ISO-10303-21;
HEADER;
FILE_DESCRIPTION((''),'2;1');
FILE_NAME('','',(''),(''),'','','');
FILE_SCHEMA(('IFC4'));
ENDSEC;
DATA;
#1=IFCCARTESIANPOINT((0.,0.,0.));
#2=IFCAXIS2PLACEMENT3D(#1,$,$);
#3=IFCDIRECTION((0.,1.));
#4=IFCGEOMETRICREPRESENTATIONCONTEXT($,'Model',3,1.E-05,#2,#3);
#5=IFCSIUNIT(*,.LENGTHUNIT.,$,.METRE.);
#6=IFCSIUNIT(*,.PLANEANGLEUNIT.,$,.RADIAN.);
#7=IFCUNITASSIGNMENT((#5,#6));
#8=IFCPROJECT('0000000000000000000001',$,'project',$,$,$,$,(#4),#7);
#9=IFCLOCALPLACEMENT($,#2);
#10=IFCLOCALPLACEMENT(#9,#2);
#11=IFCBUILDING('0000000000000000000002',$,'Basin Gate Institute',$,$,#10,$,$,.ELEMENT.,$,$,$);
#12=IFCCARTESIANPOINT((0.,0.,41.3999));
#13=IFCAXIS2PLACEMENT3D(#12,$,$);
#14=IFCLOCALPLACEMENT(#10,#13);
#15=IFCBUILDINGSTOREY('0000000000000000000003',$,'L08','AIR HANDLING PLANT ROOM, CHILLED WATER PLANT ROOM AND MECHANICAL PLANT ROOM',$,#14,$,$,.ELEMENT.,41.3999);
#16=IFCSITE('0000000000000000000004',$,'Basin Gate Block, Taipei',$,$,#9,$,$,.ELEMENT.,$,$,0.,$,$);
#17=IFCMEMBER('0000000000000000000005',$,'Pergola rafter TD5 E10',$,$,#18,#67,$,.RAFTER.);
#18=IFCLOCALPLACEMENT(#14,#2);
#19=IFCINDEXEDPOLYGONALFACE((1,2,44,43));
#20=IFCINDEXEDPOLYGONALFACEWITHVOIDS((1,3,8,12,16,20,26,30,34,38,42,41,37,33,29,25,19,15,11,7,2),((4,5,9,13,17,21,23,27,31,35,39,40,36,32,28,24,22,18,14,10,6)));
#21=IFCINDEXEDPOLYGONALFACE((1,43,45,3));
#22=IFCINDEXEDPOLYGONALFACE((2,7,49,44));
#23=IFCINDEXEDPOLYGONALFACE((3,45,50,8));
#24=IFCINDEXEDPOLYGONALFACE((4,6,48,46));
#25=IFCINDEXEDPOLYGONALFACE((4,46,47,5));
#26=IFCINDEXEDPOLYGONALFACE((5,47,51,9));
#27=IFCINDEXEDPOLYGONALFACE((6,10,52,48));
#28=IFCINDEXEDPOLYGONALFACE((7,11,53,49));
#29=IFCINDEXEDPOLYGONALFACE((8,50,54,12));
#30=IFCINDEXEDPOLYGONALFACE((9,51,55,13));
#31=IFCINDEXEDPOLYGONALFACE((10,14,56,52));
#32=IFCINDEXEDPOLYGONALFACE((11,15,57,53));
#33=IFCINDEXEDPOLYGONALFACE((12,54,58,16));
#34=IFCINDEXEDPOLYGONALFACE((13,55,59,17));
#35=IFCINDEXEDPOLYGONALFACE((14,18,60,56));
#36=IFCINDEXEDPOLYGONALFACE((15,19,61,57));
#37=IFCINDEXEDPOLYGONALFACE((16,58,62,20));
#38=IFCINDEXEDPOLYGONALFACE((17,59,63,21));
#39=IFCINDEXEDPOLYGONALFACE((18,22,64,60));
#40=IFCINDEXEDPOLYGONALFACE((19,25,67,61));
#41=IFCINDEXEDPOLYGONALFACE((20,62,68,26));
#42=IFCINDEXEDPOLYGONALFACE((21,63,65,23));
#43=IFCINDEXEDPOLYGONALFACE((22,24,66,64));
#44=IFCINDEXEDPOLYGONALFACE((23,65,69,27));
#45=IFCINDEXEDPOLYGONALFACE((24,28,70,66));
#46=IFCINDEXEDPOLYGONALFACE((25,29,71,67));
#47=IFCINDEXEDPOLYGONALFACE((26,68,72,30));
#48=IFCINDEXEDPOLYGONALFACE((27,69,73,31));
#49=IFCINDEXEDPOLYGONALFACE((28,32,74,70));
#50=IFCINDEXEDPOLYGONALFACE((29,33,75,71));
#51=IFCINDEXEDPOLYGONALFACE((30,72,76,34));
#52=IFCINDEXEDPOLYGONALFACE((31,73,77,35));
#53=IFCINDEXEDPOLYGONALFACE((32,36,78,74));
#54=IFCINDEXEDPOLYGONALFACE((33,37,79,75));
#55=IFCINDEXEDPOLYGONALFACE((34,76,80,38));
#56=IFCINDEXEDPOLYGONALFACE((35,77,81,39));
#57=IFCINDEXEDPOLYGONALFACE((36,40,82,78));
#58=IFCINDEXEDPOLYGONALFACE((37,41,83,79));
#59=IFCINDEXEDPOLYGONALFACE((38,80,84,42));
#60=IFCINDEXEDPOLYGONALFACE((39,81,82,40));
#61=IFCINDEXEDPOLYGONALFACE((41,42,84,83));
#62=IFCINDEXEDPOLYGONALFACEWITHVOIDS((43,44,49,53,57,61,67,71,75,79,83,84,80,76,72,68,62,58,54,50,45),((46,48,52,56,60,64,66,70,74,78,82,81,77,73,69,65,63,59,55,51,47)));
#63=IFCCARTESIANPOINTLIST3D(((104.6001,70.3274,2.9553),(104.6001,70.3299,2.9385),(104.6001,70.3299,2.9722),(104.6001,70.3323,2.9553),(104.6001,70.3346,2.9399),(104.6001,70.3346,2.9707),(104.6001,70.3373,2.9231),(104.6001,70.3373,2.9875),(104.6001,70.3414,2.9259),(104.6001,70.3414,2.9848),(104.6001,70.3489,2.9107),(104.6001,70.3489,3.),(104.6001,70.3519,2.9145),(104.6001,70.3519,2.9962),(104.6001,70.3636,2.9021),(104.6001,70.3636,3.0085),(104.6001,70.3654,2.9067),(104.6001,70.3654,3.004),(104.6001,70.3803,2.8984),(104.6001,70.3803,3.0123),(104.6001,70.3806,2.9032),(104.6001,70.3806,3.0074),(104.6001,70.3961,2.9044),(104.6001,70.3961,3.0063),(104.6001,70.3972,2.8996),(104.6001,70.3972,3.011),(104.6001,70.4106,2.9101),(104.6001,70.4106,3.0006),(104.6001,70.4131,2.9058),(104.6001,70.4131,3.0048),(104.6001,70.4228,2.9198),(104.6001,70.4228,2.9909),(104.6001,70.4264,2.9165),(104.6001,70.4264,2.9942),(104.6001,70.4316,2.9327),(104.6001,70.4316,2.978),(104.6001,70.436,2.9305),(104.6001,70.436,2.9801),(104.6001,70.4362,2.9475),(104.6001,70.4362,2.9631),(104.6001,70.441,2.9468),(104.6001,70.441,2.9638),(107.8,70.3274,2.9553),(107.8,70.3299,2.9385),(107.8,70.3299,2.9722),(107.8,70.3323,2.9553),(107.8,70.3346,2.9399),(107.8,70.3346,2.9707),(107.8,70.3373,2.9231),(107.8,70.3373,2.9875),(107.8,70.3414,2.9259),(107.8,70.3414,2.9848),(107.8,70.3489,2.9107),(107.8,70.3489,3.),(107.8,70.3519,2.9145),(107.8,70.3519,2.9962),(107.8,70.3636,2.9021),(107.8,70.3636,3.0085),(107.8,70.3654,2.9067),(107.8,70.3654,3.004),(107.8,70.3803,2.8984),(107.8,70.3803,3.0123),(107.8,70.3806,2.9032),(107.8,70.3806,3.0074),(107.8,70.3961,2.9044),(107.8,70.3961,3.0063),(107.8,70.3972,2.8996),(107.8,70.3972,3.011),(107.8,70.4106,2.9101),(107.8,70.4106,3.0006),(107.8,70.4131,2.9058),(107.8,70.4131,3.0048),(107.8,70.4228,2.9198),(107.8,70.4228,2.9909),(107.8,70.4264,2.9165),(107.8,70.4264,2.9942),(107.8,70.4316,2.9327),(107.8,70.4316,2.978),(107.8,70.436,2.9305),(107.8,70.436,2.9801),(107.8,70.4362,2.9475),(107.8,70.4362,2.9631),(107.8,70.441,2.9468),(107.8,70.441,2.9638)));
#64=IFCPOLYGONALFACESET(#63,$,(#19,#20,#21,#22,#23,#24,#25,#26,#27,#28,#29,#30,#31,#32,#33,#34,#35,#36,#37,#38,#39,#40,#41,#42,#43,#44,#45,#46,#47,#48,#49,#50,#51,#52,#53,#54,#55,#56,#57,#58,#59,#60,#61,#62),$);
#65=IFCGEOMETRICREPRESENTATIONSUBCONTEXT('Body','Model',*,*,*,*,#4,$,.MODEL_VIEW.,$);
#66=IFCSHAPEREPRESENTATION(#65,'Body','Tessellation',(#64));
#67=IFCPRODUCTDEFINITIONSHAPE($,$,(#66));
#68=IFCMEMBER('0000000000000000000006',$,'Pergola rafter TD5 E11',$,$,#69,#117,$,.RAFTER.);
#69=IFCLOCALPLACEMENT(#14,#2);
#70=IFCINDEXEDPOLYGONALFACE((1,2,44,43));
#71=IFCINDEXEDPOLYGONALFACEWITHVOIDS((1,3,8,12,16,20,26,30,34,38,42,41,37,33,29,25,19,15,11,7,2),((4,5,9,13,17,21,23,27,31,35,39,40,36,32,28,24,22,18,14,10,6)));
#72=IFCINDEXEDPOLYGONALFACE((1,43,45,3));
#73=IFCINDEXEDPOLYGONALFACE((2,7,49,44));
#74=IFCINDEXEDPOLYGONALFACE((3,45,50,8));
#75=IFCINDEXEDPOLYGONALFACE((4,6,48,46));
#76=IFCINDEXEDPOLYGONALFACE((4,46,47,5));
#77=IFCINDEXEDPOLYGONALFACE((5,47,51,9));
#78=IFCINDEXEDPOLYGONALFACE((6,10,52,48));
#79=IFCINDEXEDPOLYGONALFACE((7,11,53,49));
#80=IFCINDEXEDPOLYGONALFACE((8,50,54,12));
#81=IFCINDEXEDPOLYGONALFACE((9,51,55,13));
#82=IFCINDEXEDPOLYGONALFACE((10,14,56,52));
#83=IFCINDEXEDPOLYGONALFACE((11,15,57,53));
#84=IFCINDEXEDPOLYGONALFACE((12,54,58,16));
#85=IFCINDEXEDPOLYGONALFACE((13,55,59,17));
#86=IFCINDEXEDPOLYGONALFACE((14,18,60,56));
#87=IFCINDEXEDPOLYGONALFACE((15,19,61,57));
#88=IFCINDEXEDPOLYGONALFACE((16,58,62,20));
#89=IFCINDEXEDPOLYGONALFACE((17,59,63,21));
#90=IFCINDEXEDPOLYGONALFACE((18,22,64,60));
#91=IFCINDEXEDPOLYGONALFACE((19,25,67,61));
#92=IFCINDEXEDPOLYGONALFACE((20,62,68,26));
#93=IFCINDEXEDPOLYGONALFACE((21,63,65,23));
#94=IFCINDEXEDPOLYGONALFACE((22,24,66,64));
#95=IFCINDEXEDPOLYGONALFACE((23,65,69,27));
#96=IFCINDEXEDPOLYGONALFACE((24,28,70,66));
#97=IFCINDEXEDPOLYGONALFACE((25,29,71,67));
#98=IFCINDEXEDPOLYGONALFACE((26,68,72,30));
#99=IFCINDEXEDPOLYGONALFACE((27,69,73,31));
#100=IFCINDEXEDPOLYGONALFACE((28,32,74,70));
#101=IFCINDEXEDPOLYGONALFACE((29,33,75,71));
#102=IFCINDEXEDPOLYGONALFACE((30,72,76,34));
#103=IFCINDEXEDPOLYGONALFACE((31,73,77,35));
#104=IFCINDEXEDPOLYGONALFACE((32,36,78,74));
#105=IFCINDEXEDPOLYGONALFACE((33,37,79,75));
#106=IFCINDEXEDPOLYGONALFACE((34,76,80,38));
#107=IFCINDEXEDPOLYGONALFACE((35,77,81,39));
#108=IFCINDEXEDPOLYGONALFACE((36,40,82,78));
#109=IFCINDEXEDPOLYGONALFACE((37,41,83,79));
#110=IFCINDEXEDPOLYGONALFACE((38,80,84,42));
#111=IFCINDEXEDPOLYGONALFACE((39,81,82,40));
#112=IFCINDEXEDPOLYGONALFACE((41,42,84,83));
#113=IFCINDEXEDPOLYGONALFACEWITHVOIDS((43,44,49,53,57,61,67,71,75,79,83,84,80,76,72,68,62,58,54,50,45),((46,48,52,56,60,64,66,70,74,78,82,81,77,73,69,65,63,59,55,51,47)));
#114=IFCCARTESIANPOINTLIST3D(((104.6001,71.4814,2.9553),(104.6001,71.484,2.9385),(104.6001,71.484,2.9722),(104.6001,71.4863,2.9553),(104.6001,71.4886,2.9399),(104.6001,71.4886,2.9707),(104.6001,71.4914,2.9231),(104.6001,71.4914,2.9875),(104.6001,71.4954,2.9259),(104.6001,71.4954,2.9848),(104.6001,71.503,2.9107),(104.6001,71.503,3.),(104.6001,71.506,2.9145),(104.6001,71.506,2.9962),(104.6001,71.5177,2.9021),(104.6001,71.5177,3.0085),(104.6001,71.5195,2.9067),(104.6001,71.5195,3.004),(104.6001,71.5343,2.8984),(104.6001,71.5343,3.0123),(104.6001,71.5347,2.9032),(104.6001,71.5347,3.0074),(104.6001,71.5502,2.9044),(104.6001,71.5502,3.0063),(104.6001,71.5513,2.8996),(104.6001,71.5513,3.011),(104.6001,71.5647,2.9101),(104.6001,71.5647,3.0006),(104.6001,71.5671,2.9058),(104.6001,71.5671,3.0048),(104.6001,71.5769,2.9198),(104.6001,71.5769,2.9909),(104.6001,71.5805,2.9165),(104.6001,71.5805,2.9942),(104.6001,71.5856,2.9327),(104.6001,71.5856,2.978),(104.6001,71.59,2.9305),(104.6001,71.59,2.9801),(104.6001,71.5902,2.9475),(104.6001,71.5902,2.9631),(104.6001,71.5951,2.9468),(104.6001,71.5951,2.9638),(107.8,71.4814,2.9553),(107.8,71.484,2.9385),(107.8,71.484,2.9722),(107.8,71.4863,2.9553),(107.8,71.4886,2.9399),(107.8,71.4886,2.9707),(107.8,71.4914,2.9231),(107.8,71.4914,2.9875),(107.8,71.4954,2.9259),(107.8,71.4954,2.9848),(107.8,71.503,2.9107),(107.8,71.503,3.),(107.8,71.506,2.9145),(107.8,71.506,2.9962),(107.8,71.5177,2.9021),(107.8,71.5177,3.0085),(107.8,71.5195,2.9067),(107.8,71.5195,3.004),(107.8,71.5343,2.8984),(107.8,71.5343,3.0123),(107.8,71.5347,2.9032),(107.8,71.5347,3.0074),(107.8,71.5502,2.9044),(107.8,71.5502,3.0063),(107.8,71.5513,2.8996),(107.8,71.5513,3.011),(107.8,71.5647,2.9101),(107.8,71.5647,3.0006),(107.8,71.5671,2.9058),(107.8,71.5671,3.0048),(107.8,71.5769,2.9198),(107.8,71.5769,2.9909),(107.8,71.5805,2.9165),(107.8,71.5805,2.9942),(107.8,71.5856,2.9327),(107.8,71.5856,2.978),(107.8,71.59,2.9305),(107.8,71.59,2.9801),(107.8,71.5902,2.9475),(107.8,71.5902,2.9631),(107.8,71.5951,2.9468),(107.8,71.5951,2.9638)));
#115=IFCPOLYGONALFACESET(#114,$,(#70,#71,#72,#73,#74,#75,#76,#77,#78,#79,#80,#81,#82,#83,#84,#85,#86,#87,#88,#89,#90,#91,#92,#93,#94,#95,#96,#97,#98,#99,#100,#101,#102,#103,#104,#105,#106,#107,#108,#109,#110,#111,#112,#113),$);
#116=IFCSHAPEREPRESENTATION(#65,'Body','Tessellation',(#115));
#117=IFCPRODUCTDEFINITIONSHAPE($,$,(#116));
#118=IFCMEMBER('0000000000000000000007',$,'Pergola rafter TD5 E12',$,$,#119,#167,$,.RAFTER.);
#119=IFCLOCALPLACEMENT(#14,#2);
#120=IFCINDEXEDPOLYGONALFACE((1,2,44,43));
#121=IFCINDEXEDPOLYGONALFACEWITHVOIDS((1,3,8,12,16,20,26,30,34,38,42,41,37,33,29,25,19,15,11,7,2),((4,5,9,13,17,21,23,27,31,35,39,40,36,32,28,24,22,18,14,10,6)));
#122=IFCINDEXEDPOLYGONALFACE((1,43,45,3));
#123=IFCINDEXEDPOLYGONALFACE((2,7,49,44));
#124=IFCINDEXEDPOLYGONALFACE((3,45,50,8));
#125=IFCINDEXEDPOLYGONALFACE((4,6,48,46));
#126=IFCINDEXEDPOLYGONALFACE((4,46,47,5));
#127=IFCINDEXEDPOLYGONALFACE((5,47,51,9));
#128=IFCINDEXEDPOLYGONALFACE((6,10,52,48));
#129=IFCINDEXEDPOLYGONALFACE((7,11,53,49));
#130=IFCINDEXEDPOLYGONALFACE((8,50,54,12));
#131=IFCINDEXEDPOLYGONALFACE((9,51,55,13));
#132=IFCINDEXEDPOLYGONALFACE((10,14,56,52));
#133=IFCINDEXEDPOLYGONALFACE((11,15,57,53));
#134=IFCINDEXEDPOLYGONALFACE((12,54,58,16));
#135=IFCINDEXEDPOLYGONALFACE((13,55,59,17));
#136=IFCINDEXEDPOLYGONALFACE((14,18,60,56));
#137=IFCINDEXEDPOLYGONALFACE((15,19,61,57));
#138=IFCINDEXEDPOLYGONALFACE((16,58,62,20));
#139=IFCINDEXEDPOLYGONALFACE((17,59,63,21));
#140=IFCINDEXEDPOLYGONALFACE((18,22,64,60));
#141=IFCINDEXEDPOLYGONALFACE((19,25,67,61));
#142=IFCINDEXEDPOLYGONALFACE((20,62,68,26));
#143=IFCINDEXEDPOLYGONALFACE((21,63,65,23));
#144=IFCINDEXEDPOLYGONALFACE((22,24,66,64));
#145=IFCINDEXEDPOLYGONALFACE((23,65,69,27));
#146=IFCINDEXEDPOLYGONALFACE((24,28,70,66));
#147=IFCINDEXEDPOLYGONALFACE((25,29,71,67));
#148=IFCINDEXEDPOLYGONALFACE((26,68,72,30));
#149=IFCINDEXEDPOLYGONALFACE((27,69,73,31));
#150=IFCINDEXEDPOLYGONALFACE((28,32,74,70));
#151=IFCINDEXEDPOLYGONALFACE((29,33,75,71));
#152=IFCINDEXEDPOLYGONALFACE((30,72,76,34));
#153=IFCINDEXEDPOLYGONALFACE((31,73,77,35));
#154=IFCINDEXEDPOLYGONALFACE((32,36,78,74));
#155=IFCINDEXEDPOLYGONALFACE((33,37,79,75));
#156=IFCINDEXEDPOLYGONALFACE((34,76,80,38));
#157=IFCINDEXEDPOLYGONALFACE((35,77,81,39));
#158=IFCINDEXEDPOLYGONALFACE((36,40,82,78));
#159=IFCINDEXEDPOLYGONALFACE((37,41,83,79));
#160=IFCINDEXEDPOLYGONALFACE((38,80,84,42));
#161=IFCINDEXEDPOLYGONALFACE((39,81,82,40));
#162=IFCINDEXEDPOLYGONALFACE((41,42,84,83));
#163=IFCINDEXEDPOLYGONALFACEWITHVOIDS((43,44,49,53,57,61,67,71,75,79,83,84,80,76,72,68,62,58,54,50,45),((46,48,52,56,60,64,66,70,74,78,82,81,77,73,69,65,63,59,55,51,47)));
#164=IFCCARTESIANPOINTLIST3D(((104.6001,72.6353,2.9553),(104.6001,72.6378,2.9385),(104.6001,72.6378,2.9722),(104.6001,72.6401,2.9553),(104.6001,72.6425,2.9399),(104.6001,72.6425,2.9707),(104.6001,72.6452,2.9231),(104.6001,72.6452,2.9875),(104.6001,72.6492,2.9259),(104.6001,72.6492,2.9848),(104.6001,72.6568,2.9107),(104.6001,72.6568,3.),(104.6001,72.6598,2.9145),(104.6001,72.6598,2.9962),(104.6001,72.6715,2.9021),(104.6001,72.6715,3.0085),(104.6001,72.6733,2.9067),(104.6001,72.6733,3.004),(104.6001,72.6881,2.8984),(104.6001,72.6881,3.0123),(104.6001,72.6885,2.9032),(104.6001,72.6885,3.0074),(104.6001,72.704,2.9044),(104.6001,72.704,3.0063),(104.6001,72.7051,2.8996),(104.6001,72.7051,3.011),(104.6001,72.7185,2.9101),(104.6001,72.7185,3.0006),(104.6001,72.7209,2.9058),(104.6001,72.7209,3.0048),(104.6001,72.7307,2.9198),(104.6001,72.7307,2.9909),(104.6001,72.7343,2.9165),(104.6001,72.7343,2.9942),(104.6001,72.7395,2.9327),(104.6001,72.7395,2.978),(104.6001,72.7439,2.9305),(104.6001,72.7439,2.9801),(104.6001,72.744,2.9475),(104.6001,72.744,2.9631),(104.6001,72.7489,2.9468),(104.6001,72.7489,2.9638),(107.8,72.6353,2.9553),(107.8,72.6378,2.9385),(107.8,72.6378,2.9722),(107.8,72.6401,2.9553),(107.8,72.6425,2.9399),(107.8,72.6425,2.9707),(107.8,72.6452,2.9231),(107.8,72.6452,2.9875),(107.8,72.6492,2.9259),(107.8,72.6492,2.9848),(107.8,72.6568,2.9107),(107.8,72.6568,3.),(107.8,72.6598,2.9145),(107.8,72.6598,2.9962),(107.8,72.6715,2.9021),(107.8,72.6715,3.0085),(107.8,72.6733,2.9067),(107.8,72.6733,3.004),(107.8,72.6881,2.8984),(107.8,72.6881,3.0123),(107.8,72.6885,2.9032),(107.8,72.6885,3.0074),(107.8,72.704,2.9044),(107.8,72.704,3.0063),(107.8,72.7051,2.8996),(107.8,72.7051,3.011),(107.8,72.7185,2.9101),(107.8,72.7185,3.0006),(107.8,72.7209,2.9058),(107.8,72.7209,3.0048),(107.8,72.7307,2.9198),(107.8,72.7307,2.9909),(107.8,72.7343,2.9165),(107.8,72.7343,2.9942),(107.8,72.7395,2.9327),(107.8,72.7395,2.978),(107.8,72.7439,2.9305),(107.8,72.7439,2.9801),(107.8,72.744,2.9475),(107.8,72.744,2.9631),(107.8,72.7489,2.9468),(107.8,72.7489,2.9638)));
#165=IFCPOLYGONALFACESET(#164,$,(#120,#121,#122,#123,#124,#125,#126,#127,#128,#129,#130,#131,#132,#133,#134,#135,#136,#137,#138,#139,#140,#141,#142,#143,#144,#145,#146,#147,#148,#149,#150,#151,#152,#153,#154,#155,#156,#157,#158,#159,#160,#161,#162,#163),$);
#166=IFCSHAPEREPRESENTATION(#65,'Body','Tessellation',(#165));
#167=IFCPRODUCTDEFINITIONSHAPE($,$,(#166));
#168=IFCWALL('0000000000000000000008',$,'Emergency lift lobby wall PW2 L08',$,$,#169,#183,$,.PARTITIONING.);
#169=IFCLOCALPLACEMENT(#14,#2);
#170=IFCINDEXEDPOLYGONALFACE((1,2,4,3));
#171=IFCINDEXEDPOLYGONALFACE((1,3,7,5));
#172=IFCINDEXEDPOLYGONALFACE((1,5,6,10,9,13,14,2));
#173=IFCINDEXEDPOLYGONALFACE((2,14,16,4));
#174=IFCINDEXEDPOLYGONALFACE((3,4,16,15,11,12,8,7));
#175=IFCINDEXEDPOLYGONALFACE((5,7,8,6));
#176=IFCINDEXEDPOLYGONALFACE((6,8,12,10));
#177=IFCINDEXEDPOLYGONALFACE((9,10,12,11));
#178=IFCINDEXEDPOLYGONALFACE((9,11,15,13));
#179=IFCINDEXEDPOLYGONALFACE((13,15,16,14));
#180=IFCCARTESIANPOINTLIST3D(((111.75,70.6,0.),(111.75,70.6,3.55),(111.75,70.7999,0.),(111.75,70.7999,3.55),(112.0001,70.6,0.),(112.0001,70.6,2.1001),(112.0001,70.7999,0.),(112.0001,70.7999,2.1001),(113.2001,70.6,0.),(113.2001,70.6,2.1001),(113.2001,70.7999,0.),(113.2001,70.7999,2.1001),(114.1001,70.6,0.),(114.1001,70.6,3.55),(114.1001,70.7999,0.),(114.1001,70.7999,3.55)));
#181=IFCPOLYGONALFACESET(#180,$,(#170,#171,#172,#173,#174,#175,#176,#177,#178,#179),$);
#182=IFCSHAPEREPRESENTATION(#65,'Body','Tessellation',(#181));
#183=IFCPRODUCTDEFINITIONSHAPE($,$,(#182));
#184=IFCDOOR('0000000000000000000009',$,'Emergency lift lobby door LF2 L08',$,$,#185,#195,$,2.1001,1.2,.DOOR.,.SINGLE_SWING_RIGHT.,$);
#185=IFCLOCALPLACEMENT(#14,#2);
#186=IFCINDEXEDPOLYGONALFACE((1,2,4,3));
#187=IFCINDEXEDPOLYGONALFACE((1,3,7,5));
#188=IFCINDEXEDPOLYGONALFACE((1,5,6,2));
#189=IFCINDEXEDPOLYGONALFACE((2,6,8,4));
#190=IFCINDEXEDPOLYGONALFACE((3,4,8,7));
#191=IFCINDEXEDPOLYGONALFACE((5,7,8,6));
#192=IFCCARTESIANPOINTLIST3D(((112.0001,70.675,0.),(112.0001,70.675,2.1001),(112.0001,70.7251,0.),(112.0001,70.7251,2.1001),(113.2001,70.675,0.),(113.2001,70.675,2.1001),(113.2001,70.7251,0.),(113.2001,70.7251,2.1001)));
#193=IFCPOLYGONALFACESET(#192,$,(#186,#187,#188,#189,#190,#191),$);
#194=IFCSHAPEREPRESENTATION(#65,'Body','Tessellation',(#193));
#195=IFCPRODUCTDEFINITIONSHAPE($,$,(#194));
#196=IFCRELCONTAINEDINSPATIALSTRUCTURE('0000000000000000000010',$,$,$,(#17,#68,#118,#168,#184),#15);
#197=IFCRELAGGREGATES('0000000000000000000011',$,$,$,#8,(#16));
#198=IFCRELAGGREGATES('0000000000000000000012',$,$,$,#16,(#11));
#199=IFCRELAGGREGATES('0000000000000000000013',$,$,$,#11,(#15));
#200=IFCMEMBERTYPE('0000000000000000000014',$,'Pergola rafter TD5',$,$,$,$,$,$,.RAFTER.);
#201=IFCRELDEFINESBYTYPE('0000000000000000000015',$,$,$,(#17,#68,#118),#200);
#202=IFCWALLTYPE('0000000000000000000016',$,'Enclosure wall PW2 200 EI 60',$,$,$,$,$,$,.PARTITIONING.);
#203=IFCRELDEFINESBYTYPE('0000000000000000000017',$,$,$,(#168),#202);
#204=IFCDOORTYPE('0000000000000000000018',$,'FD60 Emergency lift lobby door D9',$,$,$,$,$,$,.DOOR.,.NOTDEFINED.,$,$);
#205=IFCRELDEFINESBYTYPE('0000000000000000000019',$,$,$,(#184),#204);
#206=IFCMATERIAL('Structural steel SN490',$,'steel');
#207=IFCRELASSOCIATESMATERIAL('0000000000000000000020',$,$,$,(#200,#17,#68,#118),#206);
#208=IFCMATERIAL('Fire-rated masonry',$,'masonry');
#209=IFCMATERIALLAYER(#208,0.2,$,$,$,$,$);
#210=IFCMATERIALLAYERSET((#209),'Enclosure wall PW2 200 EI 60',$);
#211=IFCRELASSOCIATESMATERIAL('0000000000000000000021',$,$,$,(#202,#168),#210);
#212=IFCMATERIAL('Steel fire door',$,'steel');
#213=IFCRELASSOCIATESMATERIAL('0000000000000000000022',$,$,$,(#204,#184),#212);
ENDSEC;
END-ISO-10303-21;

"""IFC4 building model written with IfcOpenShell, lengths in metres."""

from ifc_helpers import new_model, si_unit, direction, frame, frame_2d, origin, origin_2d, place, context, subcontext, project, spatial, rectangle, hollow_circle, extrude, material, layer, layer_set, material_profile, profile_set, type_object, element, fill, save


model = new_model("IFC4")

# Units and contexts
model_context = context("Model", 3, precision=1e-05, world=origin(), true_north=direction((0.0, 1.0)))
body_context = subcontext(model_context, "Body", "Model", "MODEL_VIEW")
ifc_project = project(units=[si_unit("LENGTHUNIT", "METRE"), si_unit("PLANEANGLEUNIT", "RADIAN")], contexts=[model_context])

# Site, building, storey
site_placement = place(None, origin())
site = spatial("IfcSite", under=ifc_project, at=site_placement, Name="Basin Gate Block, Taipei", CompositionType="ELEMENT", RefElevation=0.0)
building_placement = place(site_placement, origin())
building = spatial("IfcBuilding", under=site, at=building_placement, Name="Basin Gate Institute", CompositionType="ELEMENT")
storey_placement = place(building_placement, frame((0.0, 0.0, 41.3999)))
storey = spatial("IfcBuildingStorey", under=building, at=storey_placement, Name="L08", Description="AIR HANDLING PLANT ROOM, CHILLED WATER PLANT ROOM AND MECHANICAL PLANT ROOM", CompositionType="ELEMENT", Elevation=41.3999)

# Members
ifc_material_1 = material(Name="Structural steel SN490", Category="steel")
ifc_material_profile_1 = material_profile(ifc_material_1, hollow_circle(Radius=0.0571, WallThickness=0.0049, at=origin_2d()), Name="CHS114x5")
ifc_profile_set_1 = profile_set([ifc_material_profile_1], Name="Structural steel SN490")
member_type = type_object("IfcMemberType", Name="Pergola rafter TD5", PredefinedType="RAFTER", material=ifc_profile_set_1)
for number, where, z_axis, x_axis, name in (
    (1, (107.8, 70.3845, 2.9553), (-1.0, 0.0, 0.0), (0.0, -1.0, 0.0), "Pergola rafter TD5 E10"),
    (2, (107.8, 71.5386, 2.9553), (-1.0, 0.0, 0.0), (0.0, -1.0, 0.0), "Pergola rafter TD5 E11"),
    (3, (107.8, 72.6924, 2.9553), (-1.0, 0.0, 0.0), (0.0, -1.0, 0.0), "Pergola rafter TD5 E12"),
):
    element("IfcMember", number, at=place(storey_placement, frame(where, z_axis=z_axis, x_axis=x_axis)), inside=storey, type_object=member_type, material=ifc_profile_set_1, Name=name, PredefinedType="RAFTER", context=body_context, shape_type="SweptSolid", body=[
        extrude(hollow_circle(Radius=0.0571, WallThickness=0.0049, at=origin_2d()), origin(), (0.0, 0.0, 1.0), 3.2),
    ])

# Wall, opening, door
ifc_material_2 = material(Name="Fire-rated masonry", Category="masonry")
ifc_layer_1 = layer(ifc_material_2, 0.2)
ifc_layer_set_1 = layer_set([ifc_layer_1], Name="Enclosure wall PW2 200 EI 60")
wall_type_1 = type_object("IfcWallType", Name="Enclosure wall PW2 200 EI 60", PredefinedType="PARTITIONING", material=ifc_layer_set_1)
wall_1_placement = place(storey_placement, frame((114.1001, 70.7, 0.0), z_axis=(0.0, 0.0, 1.0), x_axis=(-1.0, 0.0, 0.0)))
wall_1 = element("IfcWall", 4, at=wall_1_placement, inside=storey, type_object=wall_type_1, material=ifc_layer_set_1, Name="Emergency lift lobby wall PW2 L08", PredefinedType="PARTITIONING", context=body_context, shape_type="SweptSolid", body=[
    extrude(rectangle(XDim=2.3501, YDim=0.2, at=frame_2d((1.175, 0.0))), origin(), (0.0, 0.0, 1.0), 3.55),
])
opening_1_placement = place(wall_1_placement, frame((0.8999, 0.0, 0.0)))
opening_1 = element("IfcOpeningElement", 5, at=opening_1_placement, cuts=wall_1, PredefinedType="OPENING", context=body_context, shape_type="SweptSolid", body=[
    extrude(rectangle(XDim=1.2, YDim=2.1001, at=frame_2d((0.6001, 1.05))), frame((0.0, 0.1099, 0.0), z_axis=(0.0, -1.0, 0.0), x_axis=(1.0, 0.0, 0.0)), (0.0, 0.0, 1.0), 0.22),
])
ifc_material_3 = material(Name="Steel fire door", Category="steel")
door_type_1 = type_object("IfcDoorType", Name="FD60 Emergency lift lobby door D9", OperationType="NOTDEFINED", PredefinedType="DOOR", material=ifc_material_3)
door_1_placement = place(opening_1_placement, origin())
door_1 = element("IfcDoor", 6, at=door_1_placement, inside=storey, type_object=door_type_1, material=ifc_material_3, Name="Emergency lift lobby door LF2 L08", OperationType="SINGLE_SWING_RIGHT", OverallHeight=2.1001, OverallWidth=1.2, PredefinedType="DOOR", context=body_context, shape_type="SweptSolid", body=[
    extrude(rectangle(XDim=1.2, YDim=2.1001, at=frame_2d((0.6001, 1.05))), frame((0.0, 0.0249, 0.0), z_axis=(0.0, -1.0, 0.0), x_axis=(1.0, 0.0, 0.0)), (0.0, 0.0, 1.0), 0.05),
])
fill(opening_1, door_1)

save(model, "model.ifc")
